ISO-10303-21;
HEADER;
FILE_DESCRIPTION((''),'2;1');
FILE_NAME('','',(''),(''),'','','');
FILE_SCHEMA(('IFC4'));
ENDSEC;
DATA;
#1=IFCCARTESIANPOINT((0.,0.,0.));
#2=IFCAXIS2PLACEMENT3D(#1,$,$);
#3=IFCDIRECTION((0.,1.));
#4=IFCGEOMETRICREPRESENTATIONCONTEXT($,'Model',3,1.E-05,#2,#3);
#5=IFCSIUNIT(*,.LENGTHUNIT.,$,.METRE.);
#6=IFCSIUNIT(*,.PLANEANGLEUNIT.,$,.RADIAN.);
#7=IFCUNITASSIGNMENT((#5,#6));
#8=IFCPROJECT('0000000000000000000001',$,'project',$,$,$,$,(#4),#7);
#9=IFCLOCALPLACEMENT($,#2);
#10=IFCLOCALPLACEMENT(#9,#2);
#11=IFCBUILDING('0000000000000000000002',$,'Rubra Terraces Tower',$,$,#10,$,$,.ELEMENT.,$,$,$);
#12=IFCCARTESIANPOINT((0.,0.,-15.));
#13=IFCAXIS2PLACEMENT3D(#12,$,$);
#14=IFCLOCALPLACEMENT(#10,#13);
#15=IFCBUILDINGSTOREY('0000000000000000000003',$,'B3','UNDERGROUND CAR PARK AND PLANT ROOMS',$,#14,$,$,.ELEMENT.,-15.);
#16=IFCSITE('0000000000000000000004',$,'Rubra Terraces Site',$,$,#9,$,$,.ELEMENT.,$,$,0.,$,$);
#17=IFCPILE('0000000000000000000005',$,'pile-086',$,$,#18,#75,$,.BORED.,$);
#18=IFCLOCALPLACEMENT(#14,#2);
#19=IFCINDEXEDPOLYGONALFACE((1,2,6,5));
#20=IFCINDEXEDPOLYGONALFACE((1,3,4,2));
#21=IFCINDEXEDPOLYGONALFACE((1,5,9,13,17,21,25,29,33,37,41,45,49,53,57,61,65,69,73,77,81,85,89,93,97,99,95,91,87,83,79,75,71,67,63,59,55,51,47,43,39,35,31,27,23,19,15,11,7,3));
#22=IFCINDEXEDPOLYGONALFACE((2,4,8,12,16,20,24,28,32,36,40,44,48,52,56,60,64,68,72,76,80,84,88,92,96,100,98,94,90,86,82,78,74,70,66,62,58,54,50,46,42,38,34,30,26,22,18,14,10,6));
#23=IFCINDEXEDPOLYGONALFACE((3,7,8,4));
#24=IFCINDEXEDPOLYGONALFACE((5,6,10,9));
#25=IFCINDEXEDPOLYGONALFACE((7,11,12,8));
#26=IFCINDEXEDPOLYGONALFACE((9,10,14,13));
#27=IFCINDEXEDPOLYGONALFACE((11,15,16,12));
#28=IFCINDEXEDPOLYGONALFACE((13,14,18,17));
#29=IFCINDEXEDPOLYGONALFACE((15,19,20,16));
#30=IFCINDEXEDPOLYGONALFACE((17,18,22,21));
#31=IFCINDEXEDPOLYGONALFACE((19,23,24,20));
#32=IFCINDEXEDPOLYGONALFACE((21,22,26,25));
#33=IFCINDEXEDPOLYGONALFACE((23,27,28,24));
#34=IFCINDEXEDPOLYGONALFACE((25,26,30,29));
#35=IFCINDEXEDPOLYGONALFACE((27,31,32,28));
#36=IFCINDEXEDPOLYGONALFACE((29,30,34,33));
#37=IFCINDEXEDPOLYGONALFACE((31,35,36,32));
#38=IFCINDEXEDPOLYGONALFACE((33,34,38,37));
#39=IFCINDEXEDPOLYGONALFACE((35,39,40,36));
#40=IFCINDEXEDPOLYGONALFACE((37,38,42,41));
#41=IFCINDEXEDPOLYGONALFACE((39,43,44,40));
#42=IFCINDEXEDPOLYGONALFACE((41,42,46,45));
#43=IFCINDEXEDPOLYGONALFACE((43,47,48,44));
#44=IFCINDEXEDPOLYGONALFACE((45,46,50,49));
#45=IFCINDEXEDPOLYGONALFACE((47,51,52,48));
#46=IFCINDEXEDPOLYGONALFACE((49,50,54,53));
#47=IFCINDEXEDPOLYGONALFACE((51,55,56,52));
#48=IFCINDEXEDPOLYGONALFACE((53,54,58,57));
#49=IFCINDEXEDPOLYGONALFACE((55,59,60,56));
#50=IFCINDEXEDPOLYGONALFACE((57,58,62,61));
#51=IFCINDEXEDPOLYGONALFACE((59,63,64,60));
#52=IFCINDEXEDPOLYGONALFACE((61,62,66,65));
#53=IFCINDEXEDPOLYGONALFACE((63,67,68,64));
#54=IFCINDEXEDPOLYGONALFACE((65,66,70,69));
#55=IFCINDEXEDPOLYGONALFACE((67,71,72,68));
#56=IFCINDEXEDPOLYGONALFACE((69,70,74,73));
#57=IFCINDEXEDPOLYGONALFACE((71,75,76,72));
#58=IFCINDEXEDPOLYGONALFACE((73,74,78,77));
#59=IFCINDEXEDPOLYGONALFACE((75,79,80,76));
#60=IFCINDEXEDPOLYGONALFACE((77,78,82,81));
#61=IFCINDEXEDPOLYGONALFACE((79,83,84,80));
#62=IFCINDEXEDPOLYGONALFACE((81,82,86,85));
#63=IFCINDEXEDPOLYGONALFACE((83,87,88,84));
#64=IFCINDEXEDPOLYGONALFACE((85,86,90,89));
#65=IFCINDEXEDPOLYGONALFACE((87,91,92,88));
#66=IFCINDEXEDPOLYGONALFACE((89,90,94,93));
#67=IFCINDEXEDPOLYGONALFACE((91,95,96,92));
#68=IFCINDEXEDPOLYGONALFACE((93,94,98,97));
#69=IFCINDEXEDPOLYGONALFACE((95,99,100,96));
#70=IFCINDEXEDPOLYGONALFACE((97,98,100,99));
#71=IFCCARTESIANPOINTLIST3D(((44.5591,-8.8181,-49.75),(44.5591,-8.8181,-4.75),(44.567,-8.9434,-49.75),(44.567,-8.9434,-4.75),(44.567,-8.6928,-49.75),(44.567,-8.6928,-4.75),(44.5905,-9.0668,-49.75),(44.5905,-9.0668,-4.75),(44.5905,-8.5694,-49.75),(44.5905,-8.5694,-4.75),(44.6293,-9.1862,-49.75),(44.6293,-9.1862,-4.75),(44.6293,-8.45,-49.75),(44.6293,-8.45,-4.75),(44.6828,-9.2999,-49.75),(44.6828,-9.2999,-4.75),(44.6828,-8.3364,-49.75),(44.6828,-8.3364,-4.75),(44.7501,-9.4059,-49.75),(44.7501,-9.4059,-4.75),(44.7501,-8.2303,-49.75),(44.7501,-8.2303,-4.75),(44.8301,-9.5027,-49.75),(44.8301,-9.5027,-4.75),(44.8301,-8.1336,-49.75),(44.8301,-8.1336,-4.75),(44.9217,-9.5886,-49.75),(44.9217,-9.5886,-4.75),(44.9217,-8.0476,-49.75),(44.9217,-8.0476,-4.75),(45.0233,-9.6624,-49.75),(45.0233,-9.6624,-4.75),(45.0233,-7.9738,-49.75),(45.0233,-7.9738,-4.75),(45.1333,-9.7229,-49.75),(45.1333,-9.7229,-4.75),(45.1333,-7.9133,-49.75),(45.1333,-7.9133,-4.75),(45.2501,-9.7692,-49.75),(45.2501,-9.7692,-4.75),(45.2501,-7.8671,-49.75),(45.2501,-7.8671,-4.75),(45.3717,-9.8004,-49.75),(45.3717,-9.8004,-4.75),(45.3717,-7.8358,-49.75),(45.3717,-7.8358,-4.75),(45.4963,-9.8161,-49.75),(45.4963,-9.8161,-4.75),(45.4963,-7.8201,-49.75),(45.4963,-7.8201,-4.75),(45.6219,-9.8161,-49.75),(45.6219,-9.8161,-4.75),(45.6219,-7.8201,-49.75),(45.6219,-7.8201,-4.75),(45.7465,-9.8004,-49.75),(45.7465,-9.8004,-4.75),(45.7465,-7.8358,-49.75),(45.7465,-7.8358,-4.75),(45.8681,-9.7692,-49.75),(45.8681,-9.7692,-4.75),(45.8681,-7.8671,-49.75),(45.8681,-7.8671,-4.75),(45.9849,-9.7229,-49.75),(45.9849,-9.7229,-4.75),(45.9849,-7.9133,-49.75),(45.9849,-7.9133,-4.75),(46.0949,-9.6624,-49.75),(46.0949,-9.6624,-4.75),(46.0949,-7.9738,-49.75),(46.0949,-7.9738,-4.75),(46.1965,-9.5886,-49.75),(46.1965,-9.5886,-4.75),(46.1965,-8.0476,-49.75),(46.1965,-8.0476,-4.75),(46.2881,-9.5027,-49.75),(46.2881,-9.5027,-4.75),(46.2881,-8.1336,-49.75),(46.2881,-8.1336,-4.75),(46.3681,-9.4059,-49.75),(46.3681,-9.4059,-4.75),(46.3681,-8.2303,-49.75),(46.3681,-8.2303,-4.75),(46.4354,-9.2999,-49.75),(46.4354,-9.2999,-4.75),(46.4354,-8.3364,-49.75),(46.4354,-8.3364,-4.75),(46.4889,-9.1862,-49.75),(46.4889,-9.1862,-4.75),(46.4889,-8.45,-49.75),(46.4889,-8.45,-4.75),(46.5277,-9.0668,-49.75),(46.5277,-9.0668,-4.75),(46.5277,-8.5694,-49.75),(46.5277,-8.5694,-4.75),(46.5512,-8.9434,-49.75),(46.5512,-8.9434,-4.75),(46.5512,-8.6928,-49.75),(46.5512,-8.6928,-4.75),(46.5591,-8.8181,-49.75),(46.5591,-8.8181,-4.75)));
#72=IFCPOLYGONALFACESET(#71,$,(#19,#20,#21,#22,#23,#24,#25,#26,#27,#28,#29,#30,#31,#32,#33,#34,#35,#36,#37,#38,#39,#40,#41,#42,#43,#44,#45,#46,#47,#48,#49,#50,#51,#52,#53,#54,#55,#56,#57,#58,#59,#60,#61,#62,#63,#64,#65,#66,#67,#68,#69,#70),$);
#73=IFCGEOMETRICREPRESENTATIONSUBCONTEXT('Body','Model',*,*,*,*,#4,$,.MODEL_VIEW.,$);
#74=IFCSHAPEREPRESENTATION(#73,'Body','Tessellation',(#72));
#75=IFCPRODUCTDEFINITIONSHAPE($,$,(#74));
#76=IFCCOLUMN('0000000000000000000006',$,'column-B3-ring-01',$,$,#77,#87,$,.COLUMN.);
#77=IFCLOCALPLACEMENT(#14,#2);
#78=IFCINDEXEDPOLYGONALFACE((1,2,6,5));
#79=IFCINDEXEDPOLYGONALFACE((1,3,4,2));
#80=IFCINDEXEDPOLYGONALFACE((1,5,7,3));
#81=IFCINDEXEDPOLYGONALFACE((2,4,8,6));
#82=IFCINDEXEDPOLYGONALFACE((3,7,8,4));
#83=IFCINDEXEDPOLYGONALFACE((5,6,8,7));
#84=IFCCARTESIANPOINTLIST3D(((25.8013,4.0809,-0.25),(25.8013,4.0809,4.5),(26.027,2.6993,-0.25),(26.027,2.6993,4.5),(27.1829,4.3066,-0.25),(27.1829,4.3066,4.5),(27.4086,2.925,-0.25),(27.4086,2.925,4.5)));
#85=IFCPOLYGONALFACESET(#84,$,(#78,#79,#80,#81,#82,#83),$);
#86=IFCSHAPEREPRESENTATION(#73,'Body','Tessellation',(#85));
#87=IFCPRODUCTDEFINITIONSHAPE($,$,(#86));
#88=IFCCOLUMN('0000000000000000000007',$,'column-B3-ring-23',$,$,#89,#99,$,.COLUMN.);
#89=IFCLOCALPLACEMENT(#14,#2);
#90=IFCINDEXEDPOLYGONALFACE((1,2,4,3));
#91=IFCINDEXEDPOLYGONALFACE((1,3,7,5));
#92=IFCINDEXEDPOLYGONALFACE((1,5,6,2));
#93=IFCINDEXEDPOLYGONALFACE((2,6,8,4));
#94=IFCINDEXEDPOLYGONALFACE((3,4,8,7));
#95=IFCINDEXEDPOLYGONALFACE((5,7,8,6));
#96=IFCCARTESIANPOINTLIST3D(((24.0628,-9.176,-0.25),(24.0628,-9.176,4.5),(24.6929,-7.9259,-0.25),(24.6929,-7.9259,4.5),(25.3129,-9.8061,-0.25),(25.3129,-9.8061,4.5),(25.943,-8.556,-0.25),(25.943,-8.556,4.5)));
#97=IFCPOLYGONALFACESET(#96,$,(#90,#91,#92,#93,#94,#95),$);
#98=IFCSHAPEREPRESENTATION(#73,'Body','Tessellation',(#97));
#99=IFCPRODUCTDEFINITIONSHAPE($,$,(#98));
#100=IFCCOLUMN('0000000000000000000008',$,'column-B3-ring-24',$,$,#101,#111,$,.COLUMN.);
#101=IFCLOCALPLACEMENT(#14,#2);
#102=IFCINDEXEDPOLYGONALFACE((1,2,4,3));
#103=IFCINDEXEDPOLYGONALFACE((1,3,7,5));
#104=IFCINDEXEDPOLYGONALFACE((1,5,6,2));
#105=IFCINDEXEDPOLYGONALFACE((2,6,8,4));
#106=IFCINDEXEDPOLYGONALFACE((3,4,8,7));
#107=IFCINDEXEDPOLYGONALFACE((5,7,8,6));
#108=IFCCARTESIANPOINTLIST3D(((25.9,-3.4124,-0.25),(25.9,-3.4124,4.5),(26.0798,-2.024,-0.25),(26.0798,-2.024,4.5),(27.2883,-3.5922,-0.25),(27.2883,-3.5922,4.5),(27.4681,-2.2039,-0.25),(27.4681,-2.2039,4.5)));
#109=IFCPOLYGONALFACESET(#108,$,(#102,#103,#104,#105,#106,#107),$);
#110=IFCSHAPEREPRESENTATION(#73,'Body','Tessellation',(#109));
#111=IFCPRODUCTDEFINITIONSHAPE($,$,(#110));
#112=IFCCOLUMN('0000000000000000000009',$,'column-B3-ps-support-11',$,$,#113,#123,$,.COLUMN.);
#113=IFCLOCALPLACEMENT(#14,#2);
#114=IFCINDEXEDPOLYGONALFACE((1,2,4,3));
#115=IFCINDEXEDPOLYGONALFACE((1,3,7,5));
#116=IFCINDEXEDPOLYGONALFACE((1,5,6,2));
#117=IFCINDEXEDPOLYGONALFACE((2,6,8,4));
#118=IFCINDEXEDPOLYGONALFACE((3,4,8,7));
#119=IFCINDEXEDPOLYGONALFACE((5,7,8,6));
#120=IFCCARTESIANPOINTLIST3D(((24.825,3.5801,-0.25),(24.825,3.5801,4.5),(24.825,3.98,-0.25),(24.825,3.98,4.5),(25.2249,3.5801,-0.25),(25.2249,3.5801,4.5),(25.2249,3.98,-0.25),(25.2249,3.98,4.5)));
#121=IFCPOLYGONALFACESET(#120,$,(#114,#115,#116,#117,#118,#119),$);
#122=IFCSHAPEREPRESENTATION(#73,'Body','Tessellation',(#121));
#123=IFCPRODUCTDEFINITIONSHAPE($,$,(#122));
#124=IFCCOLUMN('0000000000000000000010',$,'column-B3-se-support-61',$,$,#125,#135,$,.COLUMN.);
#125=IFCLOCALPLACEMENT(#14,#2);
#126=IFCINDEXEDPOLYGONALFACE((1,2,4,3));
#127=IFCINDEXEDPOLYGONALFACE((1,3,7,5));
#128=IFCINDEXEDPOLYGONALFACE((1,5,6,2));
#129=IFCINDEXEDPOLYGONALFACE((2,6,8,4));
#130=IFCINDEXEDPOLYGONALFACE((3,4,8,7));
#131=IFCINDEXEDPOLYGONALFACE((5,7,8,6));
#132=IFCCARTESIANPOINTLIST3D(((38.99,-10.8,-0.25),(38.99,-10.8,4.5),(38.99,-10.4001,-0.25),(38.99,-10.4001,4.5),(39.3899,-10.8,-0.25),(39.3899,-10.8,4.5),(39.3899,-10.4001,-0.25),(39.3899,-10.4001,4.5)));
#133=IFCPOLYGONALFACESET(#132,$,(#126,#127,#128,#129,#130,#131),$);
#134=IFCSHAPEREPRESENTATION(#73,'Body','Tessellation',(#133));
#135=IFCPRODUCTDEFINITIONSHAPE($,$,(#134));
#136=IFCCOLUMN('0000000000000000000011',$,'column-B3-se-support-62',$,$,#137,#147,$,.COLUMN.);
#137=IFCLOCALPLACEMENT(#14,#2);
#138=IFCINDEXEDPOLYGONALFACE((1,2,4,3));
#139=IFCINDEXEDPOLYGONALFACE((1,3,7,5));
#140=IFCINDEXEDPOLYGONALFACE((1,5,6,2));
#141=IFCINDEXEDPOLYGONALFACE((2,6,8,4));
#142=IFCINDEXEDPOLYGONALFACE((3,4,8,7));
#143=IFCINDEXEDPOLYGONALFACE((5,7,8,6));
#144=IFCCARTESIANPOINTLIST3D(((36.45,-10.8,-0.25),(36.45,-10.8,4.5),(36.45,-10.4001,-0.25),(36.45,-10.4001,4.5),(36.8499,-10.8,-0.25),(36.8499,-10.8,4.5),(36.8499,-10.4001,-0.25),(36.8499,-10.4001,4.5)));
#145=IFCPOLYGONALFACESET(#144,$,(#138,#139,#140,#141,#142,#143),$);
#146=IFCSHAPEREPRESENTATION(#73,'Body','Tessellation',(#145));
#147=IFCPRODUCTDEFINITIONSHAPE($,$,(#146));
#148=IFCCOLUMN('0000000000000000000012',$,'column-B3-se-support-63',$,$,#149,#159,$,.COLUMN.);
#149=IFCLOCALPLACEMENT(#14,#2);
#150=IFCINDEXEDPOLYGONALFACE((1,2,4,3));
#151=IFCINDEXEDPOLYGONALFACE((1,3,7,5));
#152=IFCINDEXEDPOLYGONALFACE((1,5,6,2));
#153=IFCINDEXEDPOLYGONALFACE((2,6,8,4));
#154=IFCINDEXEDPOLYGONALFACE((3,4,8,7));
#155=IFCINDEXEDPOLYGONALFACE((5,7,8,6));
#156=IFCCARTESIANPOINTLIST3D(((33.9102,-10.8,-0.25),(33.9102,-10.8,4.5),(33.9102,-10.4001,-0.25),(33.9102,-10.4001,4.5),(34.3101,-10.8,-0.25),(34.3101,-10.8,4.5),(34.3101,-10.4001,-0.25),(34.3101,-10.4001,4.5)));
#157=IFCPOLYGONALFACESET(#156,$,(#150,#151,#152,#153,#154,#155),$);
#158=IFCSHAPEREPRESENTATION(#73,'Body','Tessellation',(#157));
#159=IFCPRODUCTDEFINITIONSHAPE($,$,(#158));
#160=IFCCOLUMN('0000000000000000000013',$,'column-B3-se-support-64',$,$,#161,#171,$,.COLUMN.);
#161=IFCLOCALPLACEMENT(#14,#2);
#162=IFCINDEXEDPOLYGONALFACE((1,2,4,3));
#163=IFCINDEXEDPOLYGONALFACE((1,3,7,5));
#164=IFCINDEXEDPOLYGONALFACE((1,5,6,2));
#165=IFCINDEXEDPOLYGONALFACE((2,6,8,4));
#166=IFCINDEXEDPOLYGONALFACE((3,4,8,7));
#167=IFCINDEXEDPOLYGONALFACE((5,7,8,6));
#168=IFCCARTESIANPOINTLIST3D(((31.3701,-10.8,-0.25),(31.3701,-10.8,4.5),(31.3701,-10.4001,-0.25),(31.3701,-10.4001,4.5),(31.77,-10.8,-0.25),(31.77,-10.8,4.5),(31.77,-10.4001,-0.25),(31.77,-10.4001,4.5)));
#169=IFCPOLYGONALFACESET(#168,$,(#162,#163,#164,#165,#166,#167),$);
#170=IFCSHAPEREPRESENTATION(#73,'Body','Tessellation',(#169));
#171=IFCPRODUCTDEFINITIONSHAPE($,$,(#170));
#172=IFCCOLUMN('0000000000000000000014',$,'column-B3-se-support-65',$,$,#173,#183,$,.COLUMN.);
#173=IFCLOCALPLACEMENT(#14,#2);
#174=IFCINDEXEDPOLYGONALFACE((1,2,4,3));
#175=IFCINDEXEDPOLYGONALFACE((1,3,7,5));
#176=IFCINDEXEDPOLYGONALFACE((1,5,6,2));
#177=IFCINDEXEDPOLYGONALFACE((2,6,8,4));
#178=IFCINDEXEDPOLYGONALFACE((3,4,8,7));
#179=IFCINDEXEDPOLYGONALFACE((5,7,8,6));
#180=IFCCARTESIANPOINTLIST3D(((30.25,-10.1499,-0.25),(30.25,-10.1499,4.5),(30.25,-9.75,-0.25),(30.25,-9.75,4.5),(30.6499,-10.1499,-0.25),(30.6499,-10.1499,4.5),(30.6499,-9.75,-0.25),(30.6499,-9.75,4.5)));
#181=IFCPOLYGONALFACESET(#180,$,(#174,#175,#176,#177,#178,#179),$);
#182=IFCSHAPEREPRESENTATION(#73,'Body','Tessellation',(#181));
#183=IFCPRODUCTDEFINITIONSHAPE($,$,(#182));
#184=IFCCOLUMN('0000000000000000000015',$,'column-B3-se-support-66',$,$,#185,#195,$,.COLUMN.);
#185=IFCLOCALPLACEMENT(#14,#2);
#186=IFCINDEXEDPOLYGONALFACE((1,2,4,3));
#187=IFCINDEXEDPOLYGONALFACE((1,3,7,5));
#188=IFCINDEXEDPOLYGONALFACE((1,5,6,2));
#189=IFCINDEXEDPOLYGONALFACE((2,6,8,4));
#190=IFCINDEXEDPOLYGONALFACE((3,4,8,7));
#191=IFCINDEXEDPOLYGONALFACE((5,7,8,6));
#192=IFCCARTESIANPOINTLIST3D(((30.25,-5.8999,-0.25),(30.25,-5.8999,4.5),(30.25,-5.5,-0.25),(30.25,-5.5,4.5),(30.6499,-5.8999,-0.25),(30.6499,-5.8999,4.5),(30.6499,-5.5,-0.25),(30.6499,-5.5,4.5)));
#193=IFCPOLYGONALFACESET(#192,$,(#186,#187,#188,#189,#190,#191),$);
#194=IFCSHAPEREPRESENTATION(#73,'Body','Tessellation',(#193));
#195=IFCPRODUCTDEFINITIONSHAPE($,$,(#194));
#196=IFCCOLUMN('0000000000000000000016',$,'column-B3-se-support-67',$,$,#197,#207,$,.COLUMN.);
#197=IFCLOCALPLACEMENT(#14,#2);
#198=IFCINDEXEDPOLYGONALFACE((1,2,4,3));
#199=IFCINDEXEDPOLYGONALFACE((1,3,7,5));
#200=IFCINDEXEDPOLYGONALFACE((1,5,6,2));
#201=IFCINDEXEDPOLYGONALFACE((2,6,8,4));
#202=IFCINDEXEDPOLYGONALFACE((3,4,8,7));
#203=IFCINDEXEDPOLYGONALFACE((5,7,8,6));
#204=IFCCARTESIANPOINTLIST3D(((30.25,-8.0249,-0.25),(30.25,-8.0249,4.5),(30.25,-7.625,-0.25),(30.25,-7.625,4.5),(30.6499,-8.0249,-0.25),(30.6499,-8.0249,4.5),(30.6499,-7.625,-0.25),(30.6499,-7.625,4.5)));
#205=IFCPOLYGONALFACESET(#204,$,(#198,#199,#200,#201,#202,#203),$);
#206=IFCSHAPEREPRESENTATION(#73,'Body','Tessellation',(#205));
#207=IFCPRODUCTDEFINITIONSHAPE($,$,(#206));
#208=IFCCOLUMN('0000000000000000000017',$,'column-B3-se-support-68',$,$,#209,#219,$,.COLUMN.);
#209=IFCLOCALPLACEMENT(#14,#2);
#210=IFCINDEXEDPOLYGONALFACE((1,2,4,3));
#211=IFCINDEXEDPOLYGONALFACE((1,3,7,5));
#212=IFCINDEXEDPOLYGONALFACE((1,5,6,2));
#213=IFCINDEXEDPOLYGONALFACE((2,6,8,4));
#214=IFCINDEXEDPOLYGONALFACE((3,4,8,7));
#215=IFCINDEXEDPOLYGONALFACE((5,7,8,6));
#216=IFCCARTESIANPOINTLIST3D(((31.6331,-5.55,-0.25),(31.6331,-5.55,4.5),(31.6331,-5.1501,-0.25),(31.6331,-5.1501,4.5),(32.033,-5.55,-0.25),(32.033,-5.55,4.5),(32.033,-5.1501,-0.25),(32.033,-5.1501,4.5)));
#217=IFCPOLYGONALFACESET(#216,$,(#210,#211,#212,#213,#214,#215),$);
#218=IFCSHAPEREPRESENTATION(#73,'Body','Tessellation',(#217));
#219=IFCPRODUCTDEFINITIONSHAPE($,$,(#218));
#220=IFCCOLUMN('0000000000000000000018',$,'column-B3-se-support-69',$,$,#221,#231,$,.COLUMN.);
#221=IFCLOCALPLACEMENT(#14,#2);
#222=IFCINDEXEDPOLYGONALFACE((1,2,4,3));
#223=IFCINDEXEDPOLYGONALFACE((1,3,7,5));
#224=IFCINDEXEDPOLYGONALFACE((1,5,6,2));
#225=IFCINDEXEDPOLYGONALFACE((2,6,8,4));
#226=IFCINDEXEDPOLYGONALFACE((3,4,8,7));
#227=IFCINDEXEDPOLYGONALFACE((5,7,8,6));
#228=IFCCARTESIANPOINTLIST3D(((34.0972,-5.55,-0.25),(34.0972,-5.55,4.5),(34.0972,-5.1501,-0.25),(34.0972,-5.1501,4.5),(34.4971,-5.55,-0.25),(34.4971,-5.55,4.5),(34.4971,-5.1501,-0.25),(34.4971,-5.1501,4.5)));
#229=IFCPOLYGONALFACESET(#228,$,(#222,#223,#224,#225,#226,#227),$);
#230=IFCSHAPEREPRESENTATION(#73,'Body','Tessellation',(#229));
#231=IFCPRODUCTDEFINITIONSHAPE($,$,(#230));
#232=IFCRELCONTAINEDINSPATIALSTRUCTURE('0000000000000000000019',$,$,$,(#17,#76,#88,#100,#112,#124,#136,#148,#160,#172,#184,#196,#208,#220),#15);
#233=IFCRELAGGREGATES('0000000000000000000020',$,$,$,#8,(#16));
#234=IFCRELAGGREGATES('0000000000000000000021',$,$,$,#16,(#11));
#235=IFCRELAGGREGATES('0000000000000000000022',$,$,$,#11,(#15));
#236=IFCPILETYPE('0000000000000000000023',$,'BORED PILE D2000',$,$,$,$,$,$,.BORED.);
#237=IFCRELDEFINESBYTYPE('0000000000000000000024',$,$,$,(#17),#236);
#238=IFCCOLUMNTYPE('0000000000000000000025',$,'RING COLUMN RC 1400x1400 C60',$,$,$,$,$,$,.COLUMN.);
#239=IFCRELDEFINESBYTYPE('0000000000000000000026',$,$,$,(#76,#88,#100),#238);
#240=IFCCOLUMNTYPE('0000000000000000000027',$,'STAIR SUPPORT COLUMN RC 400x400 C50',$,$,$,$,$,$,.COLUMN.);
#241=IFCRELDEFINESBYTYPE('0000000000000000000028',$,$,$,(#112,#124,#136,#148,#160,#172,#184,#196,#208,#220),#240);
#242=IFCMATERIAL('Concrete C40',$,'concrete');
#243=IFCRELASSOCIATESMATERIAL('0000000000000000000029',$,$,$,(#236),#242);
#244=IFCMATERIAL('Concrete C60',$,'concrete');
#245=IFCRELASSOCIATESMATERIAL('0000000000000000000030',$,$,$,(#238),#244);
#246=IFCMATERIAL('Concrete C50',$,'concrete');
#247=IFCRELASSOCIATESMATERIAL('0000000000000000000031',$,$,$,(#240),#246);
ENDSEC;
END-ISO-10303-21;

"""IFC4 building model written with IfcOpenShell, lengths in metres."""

from ifc_helpers import new_model, si_unit, direction, frame, origin, origin_2d, place, context, subcontext, project, spatial, rectangle, circle, extrude, material, material_profile, profile_set, type_object, element, save


model = new_model("IFC4")

# Units and contexts
model_context = context("Model", 3, precision=1e-05, world=origin(), true_north=direction((0.0, 1.0)))
body_context = subcontext(model_context, "Body", "Model", "MODEL_VIEW")
ifc_project = project(units=[si_unit("LENGTHUNIT", "METRE"), si_unit("PLANEANGLEUNIT", "RADIAN")], contexts=[model_context])

# Site, building, storey
site_placement = place(None, origin())
site = spatial("IfcSite", under=ifc_project, at=site_placement, Name="Rubra Terraces Site", CompositionType="ELEMENT", RefElevation=0.0)
building_placement = place(site_placement, origin())
building = spatial("IfcBuilding", under=site, at=building_placement, Name="Rubra Terraces Tower", CompositionType="ELEMENT")
storey_placement = place(building_placement, frame((0.0, 0.0, -15.0)))
storey = spatial("IfcBuildingStorey", under=building, at=storey_placement, Name="B3", Description="UNDERGROUND CAR PARK AND PLANT ROOMS", CompositionType="ELEMENT", Elevation=-15.0)

# Pile
ifc_material_1 = material(Name="Concrete C40", Category="concrete")
ifc_material_profile_1 = material_profile(ifc_material_1, circle(Radius=1.0, at=origin_2d()), Name="BORED PILE D2000")
ifc_profile_set_1 = profile_set([ifc_material_profile_1], Name="Concrete C40")
pile_type = type_object("IfcPileType", Name="BORED PILE D2000", PredefinedType="BORED", material=ifc_profile_set_1)
for number, where, z_axis, x_axis, name in (
    (1, (45.5591, -8.8181, -4.75), (0.0, 0.0, -1.0), (1.0, 0.0, 0.0), "pile-086"),
):
    element("IfcPile", number, at=place(storey_placement, frame(where, z_axis=z_axis, x_axis=x_axis)), inside=storey, type_object=pile_type, Name=name, PredefinedType="BORED", context=body_context, shape_type="SweptSolid", body=[
        extrude(circle(Radius=1.0, at=origin_2d()), origin(), (0.0, 0.0, 1.0), 45.0),
    ])

# Columns
ifc_material_2 = material(Name="Concrete C60", Category="concrete")
ifc_material_profile_2 = material_profile(ifc_material_2, rectangle(XDim=1.3999, YDim=1.3999, at=origin_2d()), Name="RC 1400x1400")
ifc_profile_set_2 = profile_set([ifc_material_profile_2], Name="Concrete C60")
column_type_1 = type_object("IfcColumnType", Name="RING COLUMN RC 1400x1400 C60", PredefinedType="COLUMN", material=ifc_profile_set_2)
for number, where, z_axis, x_axis, name in (
    (2, (26.605, 3.5029, -0.25), (0.0, 0.0, 1.0), (-0.161234, 0.986916, 0.0), "column-B3-ring-01"),
    (3, (25.0029, -8.866, -0.25), (0.0, 0.0, 1.0), (0.450099, 0.892979, 0.0), "column-B3-ring-23"),
    (4, (26.6841, -2.8081, -0.25), (0.0, 0.0, 1.0), (0.128445, 0.991717, 0.0), "column-B3-ring-24"),
):
    element("IfcColumn", number, at=place(storey_placement, frame(where, z_axis=z_axis, x_axis=x_axis)), inside=storey, type_object=column_type_1, Name=name, PredefinedType="COLUMN", context=body_context, shape_type="SweptSolid", body=[
        extrude(rectangle(XDim=1.3999, YDim=1.3999, at=origin_2d()), origin(), (0.0, 0.0, 1.0), 4.75),
    ])
ifc_material_3 = material(Name="Concrete C50", Category="concrete")
ifc_material_profile_3 = material_profile(ifc_material_3, rectangle(XDim=0.3999, YDim=0.3999, at=origin_2d()), Name="RC 400x400")
ifc_profile_set_3 = profile_set([ifc_material_profile_3], Name="Concrete C50")
column_type_2 = type_object("IfcColumnType", Name="STAIR SUPPORT COLUMN RC 400x400 C50", PredefinedType="COLUMN", material=ifc_profile_set_3)
for number, where, z_axis, x_axis, name in (
    (5, (25.0249, 3.78, -0.25), (0.0, 0.0, 1.0), (1.0, 0.0, 0.0), "column-B3-ps-support-11"),
    (6, (39.1899, -10.6001, -0.25), (0.0, 0.0, 1.0), (1.0, 0.0, 0.0), "column-B3-se-support-61"),
    (7, (36.6499, -10.6001, -0.25), (0.0, 0.0, 1.0), (1.0, 0.0, 0.0), "column-B3-se-support-62"),
    (8, (34.1101, -10.6001, -0.25), (0.0, 0.0, 1.0), (1.0, 0.0, 0.0), "column-B3-se-support-63"),
    (9, (31.5701, -10.6001, -0.25), (0.0, 0.0, 1.0), (1.0, 0.0, 0.0), "column-B3-se-support-64"),
    (10, (30.45, -9.95, -0.25), (0.0, 0.0, 1.0), (1.0, 0.0, 0.0), "column-B3-se-support-65"),
    (11, (30.45, -5.7, -0.25), (0.0, 0.0, 1.0), (1.0, 0.0, 0.0), "column-B3-se-support-66"),
    (12, (30.45, -7.825, -0.25), (0.0, 0.0, 1.0), (1.0, 0.0, 0.0), "column-B3-se-support-67"),
    (13, (31.833, -5.3501, -0.25), (0.0, 0.0, 1.0), (1.0, 0.0, 0.0), "column-B3-se-support-68"),
    (14, (34.2971, -5.3501, -0.25), (0.0, 0.0, 1.0), (1.0, 0.0, 0.0), "column-B3-se-support-69"),
):
    element("IfcColumn", number, at=place(storey_placement, frame(where, z_axis=z_axis, x_axis=x_axis)), inside=storey, type_object=column_type_2, Name=name, PredefinedType="COLUMN", context=body_context, shape_type="SweptSolid", body=[
        extrude(rectangle(XDim=0.3999, YDim=0.3999, at=origin_2d()), origin(), (0.0, 0.0, 1.0), 4.75),
    ])

save(model, "model.ifc")
